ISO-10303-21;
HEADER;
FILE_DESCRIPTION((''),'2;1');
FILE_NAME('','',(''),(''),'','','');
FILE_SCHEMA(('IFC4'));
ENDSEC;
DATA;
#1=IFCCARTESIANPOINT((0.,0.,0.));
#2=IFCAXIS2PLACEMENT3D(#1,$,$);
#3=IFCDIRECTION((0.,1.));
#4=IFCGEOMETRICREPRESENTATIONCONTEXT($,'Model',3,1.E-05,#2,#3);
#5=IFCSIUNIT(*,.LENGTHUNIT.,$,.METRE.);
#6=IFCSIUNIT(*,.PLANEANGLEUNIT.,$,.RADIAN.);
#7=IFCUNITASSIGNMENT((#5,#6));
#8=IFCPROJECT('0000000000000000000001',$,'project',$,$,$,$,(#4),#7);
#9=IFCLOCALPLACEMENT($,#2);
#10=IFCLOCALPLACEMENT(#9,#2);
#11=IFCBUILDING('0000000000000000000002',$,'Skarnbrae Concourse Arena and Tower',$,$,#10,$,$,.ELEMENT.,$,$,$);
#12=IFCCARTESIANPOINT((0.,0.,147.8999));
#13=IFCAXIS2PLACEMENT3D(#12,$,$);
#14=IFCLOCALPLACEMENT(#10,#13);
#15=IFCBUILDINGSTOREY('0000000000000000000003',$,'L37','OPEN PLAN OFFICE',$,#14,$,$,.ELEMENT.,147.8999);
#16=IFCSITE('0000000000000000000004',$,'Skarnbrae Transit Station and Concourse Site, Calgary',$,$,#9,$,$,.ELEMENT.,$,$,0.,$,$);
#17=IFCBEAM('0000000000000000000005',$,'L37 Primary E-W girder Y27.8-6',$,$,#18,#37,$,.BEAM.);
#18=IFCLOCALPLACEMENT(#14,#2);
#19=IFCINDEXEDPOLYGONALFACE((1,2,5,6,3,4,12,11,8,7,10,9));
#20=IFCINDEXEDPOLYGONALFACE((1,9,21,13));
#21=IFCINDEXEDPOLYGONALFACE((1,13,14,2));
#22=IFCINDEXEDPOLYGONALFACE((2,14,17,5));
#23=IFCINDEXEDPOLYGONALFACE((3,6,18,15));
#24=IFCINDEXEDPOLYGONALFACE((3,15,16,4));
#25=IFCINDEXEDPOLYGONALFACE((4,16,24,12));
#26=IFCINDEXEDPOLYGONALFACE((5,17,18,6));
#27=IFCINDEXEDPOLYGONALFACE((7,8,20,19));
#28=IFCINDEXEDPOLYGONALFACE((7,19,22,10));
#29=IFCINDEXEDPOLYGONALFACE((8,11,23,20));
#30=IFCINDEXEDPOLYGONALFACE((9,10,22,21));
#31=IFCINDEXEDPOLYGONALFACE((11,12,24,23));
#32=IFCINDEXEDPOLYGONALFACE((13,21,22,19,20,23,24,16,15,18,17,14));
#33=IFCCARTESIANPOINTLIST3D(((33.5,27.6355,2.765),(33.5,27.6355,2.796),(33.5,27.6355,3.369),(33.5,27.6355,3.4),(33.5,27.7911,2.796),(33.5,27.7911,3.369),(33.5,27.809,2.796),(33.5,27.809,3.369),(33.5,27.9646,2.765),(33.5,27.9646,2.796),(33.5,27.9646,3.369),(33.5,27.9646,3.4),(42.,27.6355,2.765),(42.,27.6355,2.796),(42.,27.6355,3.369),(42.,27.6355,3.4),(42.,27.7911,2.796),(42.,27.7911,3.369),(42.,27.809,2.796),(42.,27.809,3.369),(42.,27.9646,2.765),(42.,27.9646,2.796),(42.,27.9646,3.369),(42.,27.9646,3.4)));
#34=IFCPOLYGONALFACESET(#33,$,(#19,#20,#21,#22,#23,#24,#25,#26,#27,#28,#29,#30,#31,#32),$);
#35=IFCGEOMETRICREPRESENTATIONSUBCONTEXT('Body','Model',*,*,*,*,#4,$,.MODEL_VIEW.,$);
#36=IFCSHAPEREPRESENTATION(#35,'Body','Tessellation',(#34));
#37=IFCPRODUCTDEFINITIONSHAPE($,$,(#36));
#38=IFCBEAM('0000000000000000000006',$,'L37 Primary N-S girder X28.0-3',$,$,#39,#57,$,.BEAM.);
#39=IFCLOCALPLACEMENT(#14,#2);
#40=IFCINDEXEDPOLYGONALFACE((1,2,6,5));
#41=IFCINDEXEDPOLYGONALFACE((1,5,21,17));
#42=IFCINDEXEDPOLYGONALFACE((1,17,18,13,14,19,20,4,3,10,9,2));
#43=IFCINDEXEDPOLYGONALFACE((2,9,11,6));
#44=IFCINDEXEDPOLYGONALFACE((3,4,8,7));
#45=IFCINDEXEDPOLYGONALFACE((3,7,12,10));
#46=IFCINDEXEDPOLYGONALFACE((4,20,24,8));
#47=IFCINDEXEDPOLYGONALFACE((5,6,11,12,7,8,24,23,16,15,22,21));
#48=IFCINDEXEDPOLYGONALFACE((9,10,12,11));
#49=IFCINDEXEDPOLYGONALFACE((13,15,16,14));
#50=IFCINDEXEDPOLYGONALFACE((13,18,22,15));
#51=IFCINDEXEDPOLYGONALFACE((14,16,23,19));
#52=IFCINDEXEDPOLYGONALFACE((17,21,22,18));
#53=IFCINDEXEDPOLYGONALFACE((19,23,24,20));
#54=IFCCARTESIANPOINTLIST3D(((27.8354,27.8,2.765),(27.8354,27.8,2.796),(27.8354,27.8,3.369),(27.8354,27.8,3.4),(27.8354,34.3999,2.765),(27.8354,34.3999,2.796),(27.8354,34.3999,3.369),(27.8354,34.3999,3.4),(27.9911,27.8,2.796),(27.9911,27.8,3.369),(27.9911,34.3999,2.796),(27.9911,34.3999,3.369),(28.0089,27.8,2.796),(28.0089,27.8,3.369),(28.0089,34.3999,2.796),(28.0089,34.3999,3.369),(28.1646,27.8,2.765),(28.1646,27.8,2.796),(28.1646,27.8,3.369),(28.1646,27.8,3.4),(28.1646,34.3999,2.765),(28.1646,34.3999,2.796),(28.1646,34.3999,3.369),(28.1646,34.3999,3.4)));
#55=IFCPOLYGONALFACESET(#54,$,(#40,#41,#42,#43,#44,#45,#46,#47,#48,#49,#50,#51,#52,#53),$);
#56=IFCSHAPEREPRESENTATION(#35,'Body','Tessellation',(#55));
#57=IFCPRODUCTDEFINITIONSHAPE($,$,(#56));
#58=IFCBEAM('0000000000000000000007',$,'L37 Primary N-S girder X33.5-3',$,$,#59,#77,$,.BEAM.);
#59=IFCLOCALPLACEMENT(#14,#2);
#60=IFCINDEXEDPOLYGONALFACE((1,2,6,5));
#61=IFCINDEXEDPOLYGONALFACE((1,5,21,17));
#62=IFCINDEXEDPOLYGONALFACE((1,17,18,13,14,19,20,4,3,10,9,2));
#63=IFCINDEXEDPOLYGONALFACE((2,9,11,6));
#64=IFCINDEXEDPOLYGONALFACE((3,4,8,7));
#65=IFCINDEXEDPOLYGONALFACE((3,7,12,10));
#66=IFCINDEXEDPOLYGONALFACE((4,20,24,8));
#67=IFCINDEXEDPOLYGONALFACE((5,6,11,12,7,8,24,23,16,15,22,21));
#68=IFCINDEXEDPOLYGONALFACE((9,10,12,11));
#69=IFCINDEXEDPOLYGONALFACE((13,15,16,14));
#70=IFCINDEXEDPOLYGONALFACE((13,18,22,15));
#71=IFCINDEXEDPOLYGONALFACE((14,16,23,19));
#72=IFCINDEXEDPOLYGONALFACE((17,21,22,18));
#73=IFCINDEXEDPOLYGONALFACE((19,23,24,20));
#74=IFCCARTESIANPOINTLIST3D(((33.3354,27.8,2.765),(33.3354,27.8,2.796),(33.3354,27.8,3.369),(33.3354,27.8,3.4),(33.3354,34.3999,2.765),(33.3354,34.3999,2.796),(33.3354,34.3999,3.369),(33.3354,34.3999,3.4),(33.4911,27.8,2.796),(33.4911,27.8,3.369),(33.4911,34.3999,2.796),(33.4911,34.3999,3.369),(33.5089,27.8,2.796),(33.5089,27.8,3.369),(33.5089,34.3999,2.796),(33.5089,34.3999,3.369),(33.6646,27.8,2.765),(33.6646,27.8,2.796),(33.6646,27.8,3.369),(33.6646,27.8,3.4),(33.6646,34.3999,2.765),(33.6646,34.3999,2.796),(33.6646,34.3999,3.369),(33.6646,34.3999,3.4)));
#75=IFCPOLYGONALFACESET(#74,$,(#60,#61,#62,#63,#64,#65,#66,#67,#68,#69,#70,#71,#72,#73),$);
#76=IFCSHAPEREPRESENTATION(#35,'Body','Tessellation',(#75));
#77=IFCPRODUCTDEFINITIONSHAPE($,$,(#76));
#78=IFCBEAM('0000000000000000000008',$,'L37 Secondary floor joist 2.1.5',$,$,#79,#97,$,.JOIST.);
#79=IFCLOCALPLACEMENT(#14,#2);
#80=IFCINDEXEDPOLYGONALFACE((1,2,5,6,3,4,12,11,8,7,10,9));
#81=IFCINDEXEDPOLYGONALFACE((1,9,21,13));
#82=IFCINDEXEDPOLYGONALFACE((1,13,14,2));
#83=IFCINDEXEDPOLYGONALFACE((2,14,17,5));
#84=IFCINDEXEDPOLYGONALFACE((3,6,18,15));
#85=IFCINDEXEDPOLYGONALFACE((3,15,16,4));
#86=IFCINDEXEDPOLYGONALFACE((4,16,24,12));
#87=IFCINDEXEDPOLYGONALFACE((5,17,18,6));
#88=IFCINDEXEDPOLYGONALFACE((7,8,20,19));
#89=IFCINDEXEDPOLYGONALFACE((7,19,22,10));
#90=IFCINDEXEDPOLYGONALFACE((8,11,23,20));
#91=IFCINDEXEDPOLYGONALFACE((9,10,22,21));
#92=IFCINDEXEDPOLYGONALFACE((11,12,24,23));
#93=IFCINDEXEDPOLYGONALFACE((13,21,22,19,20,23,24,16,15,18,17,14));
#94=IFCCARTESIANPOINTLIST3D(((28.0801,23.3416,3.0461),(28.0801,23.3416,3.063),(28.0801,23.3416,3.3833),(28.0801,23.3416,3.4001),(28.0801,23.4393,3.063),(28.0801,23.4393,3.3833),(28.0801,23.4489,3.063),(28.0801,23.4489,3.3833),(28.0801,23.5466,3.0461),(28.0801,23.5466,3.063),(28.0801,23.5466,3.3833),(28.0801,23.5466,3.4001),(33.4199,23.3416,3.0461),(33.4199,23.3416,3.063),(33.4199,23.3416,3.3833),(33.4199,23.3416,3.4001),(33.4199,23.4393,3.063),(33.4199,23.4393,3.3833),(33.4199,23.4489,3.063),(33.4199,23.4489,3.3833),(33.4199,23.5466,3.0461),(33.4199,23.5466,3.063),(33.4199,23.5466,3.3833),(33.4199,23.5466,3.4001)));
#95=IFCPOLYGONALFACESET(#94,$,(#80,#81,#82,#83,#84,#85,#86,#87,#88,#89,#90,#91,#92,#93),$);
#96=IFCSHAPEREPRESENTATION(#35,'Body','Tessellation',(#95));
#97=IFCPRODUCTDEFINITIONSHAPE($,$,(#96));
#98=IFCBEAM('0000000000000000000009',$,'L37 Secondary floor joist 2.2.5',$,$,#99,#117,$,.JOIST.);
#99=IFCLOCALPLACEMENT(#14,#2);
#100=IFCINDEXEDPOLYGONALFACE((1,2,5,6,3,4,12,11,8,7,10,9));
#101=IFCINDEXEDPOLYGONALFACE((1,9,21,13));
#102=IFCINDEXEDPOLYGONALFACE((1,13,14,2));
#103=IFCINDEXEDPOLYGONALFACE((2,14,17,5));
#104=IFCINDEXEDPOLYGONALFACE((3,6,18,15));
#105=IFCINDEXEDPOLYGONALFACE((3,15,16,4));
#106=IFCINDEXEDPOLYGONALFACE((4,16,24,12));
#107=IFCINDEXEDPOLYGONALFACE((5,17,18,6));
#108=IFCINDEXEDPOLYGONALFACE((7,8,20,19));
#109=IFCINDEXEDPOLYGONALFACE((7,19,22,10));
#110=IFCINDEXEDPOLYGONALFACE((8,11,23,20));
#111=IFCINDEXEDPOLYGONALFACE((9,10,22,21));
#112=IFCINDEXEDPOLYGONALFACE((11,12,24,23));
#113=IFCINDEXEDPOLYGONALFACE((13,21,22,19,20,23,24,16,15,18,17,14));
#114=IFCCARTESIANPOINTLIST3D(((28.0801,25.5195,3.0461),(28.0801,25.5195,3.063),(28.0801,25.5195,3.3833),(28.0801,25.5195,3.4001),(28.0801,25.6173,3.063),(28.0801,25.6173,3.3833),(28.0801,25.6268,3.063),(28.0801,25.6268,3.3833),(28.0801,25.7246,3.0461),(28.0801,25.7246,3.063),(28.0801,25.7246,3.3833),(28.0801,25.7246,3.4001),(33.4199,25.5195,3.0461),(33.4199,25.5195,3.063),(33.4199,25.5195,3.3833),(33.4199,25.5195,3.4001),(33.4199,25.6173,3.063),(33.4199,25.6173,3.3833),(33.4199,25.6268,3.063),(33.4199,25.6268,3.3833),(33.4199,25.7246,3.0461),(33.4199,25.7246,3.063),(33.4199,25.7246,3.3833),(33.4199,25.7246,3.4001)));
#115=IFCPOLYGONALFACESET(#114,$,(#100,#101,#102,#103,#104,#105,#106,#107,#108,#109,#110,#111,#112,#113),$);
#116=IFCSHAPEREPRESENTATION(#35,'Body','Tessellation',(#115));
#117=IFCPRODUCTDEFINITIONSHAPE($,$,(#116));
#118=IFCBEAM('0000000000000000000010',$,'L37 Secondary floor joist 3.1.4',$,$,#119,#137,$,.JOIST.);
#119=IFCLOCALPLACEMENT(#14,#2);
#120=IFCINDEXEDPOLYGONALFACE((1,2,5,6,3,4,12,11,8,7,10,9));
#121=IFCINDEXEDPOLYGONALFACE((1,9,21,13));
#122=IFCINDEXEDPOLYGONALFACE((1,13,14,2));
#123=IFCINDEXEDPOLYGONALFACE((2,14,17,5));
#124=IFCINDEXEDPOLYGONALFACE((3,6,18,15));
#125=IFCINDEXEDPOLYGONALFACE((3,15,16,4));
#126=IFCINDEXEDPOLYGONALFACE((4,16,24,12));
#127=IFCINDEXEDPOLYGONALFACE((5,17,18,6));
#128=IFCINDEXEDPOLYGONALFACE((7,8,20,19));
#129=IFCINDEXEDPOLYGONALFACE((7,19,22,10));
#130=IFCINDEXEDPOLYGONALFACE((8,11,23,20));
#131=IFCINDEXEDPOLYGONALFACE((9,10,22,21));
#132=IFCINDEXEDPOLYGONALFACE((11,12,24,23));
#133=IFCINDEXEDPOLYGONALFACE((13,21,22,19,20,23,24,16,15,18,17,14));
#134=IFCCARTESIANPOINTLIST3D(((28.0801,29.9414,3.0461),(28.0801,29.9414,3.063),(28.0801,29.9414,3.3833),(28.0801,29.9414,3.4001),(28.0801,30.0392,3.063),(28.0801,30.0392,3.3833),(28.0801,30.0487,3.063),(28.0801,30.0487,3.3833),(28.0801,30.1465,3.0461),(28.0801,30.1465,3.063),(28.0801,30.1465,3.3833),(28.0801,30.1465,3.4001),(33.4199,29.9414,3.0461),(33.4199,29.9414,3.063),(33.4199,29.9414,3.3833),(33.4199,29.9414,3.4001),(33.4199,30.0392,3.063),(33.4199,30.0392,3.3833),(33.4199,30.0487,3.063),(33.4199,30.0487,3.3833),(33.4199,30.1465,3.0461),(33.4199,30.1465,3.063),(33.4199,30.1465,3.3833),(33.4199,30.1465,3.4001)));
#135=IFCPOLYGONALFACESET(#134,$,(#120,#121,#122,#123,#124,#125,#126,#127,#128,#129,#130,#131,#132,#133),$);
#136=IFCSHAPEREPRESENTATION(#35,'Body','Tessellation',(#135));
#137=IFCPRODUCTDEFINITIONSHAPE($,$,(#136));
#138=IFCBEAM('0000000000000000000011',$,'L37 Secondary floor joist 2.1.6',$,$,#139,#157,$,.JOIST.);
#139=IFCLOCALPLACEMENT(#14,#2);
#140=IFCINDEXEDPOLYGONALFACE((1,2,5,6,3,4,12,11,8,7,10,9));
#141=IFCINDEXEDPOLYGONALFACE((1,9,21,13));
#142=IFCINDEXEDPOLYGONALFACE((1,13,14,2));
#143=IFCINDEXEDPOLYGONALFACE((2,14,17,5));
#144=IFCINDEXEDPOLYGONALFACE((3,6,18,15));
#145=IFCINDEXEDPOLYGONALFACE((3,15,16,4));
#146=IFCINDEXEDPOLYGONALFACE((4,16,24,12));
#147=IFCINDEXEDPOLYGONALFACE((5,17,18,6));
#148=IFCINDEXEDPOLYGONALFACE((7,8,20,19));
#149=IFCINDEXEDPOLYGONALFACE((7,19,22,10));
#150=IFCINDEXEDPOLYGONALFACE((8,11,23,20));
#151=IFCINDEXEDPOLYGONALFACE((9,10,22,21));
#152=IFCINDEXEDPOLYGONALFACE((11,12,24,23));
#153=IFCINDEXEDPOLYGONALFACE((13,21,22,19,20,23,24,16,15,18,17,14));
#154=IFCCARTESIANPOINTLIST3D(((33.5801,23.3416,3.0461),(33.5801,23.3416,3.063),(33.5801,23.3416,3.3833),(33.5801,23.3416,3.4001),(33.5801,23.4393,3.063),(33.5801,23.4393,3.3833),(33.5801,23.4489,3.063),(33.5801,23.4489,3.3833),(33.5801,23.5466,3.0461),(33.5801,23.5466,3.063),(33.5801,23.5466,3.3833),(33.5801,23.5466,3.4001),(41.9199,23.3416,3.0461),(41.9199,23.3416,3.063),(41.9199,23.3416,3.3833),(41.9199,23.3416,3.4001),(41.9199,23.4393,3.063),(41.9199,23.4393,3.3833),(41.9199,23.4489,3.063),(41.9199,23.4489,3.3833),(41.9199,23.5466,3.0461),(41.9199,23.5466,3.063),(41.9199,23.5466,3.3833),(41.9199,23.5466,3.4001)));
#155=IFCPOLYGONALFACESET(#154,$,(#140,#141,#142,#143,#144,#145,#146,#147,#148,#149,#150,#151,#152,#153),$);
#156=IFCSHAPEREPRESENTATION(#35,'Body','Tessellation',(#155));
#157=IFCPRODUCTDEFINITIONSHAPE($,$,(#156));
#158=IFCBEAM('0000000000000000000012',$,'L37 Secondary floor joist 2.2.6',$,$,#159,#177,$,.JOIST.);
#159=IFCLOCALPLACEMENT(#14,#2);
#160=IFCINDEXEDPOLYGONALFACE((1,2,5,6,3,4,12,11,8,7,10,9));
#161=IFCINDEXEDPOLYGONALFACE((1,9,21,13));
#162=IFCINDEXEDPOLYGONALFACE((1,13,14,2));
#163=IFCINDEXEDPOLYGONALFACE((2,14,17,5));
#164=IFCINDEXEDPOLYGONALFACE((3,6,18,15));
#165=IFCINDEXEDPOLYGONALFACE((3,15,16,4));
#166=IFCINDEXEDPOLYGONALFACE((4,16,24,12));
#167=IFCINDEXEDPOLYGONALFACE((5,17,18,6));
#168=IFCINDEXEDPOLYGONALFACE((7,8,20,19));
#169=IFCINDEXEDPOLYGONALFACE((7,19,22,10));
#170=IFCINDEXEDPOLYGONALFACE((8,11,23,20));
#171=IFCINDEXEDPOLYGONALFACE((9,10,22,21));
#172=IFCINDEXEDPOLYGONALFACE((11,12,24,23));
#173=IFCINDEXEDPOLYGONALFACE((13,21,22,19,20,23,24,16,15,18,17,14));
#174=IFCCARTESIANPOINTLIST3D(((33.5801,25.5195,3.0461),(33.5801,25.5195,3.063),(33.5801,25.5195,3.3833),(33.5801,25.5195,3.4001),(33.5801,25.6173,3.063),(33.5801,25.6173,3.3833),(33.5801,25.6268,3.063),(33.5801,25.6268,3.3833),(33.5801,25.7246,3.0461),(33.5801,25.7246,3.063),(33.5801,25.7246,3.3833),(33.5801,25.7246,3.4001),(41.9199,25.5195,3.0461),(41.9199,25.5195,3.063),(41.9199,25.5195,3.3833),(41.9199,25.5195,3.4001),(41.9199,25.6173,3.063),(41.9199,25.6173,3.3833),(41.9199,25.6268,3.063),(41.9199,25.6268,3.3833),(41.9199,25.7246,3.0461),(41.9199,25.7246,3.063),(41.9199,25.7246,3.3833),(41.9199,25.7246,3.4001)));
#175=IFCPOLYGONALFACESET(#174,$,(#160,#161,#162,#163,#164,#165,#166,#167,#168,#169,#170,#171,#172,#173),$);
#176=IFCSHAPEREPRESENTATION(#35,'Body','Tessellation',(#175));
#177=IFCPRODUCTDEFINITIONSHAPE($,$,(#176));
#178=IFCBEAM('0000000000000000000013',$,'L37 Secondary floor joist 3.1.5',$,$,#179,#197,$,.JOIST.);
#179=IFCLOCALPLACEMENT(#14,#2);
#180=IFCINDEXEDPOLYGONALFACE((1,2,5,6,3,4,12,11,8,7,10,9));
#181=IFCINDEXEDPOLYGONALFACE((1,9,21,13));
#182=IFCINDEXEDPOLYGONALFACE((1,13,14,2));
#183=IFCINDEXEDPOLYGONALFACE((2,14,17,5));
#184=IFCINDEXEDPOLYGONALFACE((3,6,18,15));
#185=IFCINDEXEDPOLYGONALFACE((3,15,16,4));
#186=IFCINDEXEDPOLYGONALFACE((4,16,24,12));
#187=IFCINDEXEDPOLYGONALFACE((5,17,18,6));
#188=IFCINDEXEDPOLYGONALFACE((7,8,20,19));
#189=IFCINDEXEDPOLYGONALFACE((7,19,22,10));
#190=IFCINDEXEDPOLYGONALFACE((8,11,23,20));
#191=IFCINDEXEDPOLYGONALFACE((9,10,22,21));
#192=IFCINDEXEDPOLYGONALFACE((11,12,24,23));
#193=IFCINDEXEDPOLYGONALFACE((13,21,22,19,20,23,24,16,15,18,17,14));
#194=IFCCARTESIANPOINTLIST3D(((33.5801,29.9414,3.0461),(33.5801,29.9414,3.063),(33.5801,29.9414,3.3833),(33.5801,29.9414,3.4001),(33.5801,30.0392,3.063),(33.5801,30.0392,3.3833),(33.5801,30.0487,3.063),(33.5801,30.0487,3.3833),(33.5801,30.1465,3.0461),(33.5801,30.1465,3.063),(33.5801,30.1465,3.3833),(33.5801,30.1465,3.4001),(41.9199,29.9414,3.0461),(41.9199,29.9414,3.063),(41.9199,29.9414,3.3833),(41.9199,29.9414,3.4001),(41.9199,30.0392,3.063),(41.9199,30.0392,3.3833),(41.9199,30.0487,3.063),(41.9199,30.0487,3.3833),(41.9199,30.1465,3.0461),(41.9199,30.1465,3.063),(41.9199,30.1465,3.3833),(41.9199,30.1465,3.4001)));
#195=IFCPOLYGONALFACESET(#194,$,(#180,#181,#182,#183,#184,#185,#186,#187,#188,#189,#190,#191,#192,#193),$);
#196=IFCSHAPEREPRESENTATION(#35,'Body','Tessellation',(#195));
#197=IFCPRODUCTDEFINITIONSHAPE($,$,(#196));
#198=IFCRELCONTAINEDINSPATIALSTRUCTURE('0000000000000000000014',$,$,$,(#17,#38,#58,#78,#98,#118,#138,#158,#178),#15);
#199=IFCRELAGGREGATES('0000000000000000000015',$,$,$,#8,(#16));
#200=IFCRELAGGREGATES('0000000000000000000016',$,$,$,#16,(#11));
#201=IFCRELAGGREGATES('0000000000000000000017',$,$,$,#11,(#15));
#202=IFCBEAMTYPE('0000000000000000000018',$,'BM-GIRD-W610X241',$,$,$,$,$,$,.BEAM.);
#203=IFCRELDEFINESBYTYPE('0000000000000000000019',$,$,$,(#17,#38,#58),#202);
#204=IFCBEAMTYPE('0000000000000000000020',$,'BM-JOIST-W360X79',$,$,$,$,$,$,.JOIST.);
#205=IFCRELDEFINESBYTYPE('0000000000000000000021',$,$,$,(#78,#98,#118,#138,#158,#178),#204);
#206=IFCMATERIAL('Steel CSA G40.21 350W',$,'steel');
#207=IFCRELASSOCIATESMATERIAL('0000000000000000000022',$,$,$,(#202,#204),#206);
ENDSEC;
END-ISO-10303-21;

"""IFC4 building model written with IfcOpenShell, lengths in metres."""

from ifc_helpers import new_model, si_unit, direction, frame, origin, origin_2d, place, context, subcontext, project, spatial, i_section, extrude, source, transform, mapped, material, material_profile, profile_set, type_object, element, save


model = new_model("IFC4")

# Units and contexts
model_context = context("Model", 3, precision=1e-05, world=origin(), true_north=direction((0.0, 1.0)))
body_context = subcontext(model_context, "Body", "Model", "MODEL_VIEW")
ifc_project = project(units=[si_unit("LENGTHUNIT", "METRE"), si_unit("PLANEANGLEUNIT", "RADIAN")], contexts=[model_context])

# Site, building, storey
site_placement = place(None, origin())
site = spatial("IfcSite", under=ifc_project, at=site_placement, Name="Skarnbrae Transit Station and Concourse Site, Calgary", CompositionType="ELEMENT", RefElevation=0.0)
building_placement = place(site_placement, origin())
building = spatial("IfcBuilding", under=site, at=building_placement, Name="Skarnbrae Concourse Arena and Tower", CompositionType="ELEMENT")
storey_placement = place(building_placement, frame((0.0, 0.0, 147.8999)))
storey = spatial("IfcBuildingStorey", under=building, at=storey_placement, Name="L37", Description="OPEN PLAN OFFICE", CompositionType="ELEMENT", Elevation=147.8999)

# Shared definitions
ifc_material_1 = material(Name="Steel CSA G40.21 350W", Category="steel")

# Beams
ifc_material_profile_1 = material_profile(ifc_material_1, i_section(OverallWidth=0.3291, OverallDepth=0.635, WebThickness=0.0178, FlangeThickness=0.031, at=origin_2d()), Name="W610X241")
ifc_profile_set_1 = profile_set([ifc_material_profile_1], Name="Steel CSA G40.21 350W")
beam_type_1 = type_object("IfcBeamType", Name="BM-GIRD-W610X241", PredefinedType="BEAM", material=ifc_profile_set_1)
shared_shape_1 = source(origin(), body_context, "Body", "SweptSolid", [
    extrude(i_section(OverallWidth=0.3291, OverallDepth=0.635, WebThickness=0.0178, FlangeThickness=0.031, at=origin_2d()), origin(), (0.0, 0.0, 1.0), 8.5),
])
for number, where, z_axis, x_axis, name in (
    (1, (33.5, 27.8, 3.0825), (1.0, 0.0, 0.0), (0.0, 1.0, 0.0), "L37 Primary E-W girder Y27.8-6"),
):
    element("IfcBeam", number, at=place(storey_placement, frame(where, z_axis=z_axis, x_axis=x_axis)), inside=storey, type_object=beam_type_1, Name=name, PredefinedType="BEAM", context=body_context, shape_type="MappedRepresentation", body=[
        mapped(shared_shape_1, transform((0.0, 0.0, 0.0))),
    ])
shared_shape_2 = source(origin(), body_context, "Body", "SweptSolid", [
    extrude(i_section(OverallWidth=0.3291, OverallDepth=0.635, WebThickness=0.0178, FlangeThickness=0.031, at=origin_2d()), origin(), (0.0, 0.0, 1.0), 6.5999),
])
for number, where, z_axis, x_axis, name in (
    (2, (28.0, 27.8, 3.0825), (0.0, 1.0, 0.0), (-1.0, 0.0, 0.0), "L37 Primary N-S girder X28.0-3"),
    (3, (33.5, 27.8, 3.0825), (0.0, 1.0, 0.0), (-1.0, 0.0, 0.0), "L37 Primary N-S girder X33.5-3"),
):
    element("IfcBeam", number, at=place(storey_placement, frame(where, z_axis=z_axis, x_axis=x_axis)), inside=storey, type_object=beam_type_1, Name=name, PredefinedType="BEAM", context=body_context, shape_type="MappedRepresentation", body=[
        mapped(shared_shape_2, transform((0.0, 0.0, 0.0))),
    ])
ifc_material_profile_2 = material_profile(ifc_material_1, i_section(OverallWidth=0.2051, OverallDepth=0.354, WebThickness=0.0095, FlangeThickness=0.0168, at=origin_2d()), Name="W360X79")
ifc_profile_set_2 = profile_set([ifc_material_profile_2], Name="Steel CSA G40.21 350W")
beam_type_2 = type_object("IfcBeamType", Name="BM-JOIST-W360X79", PredefinedType="JOIST", material=ifc_profile_set_2)
shared_shape_3 = source(origin(), body_context, "Body", "SweptSolid", [
    extrude(i_section(OverallWidth=0.2051, OverallDepth=0.354, WebThickness=0.0095, FlangeThickness=0.0168, at=origin_2d()), origin(), (0.0, 0.0, 1.0), 5.3398),
])
for number, where, z_axis, x_axis, name in (
    (4, (28.0801, 23.4441, 3.2231), (1.0, 0.0, 0.0), (0.0, 1.0, 0.0), "L37 Secondary floor joist 2.1.5"),
    (5, (28.0801, 25.6221, 3.2231), (1.0, 0.0, 0.0), (0.0, 1.0, 0.0), "L37 Secondary floor joist 2.2.5"),
    (6, (28.0801, 30.0439, 3.2231), (1.0, 0.0, 0.0), (0.0, 1.0, 0.0), "L37 Secondary floor joist 3.1.4"),
):
    element("IfcBeam", number, at=place(storey_placement, frame(where, z_axis=z_axis, x_axis=x_axis)), inside=storey, type_object=beam_type_2, Name=name, PredefinedType="JOIST", context=body_context, shape_type="MappedRepresentation", body=[
        mapped(shared_shape_3, transform((0.0, 0.0, 0.0))),
    ])
shared_shape_4 = source(origin(), body_context, "Body", "SweptSolid", [
    extrude(i_section(OverallWidth=0.2051, OverallDepth=0.354, WebThickness=0.0095, FlangeThickness=0.0168, at=origin_2d()), origin(), (0.0, 0.0, 1.0), 8.3398),
])
for number, where, z_axis, x_axis, name in (
    (7, (33.5801, 23.4441, 3.2231), (1.0, 0.0, 0.0), (0.0, 1.0, 0.0), "L37 Secondary floor joist 2.1.6"),
    (8, (33.5801, 25.6221, 3.2231), (1.0, 0.0, 0.0), (0.0, 1.0, 0.0), "L37 Secondary floor joist 2.2.6"),
    (9, (33.5801, 30.0439, 3.2231), (1.0, 0.0, 0.0), (0.0, 1.0, 0.0), "L37 Secondary floor joist 3.1.5"),
):
    element("IfcBeam", number, at=place(storey_placement, frame(where, z_axis=z_axis, x_axis=x_axis)), inside=storey, type_object=beam_type_2, Name=name, PredefinedType="JOIST", context=body_context, shape_type="MappedRepresentation", body=[
        mapped(shared_shape_4, transform((0.0, 0.0, 0.0))),
    ])

save(model, "model.ifc")
